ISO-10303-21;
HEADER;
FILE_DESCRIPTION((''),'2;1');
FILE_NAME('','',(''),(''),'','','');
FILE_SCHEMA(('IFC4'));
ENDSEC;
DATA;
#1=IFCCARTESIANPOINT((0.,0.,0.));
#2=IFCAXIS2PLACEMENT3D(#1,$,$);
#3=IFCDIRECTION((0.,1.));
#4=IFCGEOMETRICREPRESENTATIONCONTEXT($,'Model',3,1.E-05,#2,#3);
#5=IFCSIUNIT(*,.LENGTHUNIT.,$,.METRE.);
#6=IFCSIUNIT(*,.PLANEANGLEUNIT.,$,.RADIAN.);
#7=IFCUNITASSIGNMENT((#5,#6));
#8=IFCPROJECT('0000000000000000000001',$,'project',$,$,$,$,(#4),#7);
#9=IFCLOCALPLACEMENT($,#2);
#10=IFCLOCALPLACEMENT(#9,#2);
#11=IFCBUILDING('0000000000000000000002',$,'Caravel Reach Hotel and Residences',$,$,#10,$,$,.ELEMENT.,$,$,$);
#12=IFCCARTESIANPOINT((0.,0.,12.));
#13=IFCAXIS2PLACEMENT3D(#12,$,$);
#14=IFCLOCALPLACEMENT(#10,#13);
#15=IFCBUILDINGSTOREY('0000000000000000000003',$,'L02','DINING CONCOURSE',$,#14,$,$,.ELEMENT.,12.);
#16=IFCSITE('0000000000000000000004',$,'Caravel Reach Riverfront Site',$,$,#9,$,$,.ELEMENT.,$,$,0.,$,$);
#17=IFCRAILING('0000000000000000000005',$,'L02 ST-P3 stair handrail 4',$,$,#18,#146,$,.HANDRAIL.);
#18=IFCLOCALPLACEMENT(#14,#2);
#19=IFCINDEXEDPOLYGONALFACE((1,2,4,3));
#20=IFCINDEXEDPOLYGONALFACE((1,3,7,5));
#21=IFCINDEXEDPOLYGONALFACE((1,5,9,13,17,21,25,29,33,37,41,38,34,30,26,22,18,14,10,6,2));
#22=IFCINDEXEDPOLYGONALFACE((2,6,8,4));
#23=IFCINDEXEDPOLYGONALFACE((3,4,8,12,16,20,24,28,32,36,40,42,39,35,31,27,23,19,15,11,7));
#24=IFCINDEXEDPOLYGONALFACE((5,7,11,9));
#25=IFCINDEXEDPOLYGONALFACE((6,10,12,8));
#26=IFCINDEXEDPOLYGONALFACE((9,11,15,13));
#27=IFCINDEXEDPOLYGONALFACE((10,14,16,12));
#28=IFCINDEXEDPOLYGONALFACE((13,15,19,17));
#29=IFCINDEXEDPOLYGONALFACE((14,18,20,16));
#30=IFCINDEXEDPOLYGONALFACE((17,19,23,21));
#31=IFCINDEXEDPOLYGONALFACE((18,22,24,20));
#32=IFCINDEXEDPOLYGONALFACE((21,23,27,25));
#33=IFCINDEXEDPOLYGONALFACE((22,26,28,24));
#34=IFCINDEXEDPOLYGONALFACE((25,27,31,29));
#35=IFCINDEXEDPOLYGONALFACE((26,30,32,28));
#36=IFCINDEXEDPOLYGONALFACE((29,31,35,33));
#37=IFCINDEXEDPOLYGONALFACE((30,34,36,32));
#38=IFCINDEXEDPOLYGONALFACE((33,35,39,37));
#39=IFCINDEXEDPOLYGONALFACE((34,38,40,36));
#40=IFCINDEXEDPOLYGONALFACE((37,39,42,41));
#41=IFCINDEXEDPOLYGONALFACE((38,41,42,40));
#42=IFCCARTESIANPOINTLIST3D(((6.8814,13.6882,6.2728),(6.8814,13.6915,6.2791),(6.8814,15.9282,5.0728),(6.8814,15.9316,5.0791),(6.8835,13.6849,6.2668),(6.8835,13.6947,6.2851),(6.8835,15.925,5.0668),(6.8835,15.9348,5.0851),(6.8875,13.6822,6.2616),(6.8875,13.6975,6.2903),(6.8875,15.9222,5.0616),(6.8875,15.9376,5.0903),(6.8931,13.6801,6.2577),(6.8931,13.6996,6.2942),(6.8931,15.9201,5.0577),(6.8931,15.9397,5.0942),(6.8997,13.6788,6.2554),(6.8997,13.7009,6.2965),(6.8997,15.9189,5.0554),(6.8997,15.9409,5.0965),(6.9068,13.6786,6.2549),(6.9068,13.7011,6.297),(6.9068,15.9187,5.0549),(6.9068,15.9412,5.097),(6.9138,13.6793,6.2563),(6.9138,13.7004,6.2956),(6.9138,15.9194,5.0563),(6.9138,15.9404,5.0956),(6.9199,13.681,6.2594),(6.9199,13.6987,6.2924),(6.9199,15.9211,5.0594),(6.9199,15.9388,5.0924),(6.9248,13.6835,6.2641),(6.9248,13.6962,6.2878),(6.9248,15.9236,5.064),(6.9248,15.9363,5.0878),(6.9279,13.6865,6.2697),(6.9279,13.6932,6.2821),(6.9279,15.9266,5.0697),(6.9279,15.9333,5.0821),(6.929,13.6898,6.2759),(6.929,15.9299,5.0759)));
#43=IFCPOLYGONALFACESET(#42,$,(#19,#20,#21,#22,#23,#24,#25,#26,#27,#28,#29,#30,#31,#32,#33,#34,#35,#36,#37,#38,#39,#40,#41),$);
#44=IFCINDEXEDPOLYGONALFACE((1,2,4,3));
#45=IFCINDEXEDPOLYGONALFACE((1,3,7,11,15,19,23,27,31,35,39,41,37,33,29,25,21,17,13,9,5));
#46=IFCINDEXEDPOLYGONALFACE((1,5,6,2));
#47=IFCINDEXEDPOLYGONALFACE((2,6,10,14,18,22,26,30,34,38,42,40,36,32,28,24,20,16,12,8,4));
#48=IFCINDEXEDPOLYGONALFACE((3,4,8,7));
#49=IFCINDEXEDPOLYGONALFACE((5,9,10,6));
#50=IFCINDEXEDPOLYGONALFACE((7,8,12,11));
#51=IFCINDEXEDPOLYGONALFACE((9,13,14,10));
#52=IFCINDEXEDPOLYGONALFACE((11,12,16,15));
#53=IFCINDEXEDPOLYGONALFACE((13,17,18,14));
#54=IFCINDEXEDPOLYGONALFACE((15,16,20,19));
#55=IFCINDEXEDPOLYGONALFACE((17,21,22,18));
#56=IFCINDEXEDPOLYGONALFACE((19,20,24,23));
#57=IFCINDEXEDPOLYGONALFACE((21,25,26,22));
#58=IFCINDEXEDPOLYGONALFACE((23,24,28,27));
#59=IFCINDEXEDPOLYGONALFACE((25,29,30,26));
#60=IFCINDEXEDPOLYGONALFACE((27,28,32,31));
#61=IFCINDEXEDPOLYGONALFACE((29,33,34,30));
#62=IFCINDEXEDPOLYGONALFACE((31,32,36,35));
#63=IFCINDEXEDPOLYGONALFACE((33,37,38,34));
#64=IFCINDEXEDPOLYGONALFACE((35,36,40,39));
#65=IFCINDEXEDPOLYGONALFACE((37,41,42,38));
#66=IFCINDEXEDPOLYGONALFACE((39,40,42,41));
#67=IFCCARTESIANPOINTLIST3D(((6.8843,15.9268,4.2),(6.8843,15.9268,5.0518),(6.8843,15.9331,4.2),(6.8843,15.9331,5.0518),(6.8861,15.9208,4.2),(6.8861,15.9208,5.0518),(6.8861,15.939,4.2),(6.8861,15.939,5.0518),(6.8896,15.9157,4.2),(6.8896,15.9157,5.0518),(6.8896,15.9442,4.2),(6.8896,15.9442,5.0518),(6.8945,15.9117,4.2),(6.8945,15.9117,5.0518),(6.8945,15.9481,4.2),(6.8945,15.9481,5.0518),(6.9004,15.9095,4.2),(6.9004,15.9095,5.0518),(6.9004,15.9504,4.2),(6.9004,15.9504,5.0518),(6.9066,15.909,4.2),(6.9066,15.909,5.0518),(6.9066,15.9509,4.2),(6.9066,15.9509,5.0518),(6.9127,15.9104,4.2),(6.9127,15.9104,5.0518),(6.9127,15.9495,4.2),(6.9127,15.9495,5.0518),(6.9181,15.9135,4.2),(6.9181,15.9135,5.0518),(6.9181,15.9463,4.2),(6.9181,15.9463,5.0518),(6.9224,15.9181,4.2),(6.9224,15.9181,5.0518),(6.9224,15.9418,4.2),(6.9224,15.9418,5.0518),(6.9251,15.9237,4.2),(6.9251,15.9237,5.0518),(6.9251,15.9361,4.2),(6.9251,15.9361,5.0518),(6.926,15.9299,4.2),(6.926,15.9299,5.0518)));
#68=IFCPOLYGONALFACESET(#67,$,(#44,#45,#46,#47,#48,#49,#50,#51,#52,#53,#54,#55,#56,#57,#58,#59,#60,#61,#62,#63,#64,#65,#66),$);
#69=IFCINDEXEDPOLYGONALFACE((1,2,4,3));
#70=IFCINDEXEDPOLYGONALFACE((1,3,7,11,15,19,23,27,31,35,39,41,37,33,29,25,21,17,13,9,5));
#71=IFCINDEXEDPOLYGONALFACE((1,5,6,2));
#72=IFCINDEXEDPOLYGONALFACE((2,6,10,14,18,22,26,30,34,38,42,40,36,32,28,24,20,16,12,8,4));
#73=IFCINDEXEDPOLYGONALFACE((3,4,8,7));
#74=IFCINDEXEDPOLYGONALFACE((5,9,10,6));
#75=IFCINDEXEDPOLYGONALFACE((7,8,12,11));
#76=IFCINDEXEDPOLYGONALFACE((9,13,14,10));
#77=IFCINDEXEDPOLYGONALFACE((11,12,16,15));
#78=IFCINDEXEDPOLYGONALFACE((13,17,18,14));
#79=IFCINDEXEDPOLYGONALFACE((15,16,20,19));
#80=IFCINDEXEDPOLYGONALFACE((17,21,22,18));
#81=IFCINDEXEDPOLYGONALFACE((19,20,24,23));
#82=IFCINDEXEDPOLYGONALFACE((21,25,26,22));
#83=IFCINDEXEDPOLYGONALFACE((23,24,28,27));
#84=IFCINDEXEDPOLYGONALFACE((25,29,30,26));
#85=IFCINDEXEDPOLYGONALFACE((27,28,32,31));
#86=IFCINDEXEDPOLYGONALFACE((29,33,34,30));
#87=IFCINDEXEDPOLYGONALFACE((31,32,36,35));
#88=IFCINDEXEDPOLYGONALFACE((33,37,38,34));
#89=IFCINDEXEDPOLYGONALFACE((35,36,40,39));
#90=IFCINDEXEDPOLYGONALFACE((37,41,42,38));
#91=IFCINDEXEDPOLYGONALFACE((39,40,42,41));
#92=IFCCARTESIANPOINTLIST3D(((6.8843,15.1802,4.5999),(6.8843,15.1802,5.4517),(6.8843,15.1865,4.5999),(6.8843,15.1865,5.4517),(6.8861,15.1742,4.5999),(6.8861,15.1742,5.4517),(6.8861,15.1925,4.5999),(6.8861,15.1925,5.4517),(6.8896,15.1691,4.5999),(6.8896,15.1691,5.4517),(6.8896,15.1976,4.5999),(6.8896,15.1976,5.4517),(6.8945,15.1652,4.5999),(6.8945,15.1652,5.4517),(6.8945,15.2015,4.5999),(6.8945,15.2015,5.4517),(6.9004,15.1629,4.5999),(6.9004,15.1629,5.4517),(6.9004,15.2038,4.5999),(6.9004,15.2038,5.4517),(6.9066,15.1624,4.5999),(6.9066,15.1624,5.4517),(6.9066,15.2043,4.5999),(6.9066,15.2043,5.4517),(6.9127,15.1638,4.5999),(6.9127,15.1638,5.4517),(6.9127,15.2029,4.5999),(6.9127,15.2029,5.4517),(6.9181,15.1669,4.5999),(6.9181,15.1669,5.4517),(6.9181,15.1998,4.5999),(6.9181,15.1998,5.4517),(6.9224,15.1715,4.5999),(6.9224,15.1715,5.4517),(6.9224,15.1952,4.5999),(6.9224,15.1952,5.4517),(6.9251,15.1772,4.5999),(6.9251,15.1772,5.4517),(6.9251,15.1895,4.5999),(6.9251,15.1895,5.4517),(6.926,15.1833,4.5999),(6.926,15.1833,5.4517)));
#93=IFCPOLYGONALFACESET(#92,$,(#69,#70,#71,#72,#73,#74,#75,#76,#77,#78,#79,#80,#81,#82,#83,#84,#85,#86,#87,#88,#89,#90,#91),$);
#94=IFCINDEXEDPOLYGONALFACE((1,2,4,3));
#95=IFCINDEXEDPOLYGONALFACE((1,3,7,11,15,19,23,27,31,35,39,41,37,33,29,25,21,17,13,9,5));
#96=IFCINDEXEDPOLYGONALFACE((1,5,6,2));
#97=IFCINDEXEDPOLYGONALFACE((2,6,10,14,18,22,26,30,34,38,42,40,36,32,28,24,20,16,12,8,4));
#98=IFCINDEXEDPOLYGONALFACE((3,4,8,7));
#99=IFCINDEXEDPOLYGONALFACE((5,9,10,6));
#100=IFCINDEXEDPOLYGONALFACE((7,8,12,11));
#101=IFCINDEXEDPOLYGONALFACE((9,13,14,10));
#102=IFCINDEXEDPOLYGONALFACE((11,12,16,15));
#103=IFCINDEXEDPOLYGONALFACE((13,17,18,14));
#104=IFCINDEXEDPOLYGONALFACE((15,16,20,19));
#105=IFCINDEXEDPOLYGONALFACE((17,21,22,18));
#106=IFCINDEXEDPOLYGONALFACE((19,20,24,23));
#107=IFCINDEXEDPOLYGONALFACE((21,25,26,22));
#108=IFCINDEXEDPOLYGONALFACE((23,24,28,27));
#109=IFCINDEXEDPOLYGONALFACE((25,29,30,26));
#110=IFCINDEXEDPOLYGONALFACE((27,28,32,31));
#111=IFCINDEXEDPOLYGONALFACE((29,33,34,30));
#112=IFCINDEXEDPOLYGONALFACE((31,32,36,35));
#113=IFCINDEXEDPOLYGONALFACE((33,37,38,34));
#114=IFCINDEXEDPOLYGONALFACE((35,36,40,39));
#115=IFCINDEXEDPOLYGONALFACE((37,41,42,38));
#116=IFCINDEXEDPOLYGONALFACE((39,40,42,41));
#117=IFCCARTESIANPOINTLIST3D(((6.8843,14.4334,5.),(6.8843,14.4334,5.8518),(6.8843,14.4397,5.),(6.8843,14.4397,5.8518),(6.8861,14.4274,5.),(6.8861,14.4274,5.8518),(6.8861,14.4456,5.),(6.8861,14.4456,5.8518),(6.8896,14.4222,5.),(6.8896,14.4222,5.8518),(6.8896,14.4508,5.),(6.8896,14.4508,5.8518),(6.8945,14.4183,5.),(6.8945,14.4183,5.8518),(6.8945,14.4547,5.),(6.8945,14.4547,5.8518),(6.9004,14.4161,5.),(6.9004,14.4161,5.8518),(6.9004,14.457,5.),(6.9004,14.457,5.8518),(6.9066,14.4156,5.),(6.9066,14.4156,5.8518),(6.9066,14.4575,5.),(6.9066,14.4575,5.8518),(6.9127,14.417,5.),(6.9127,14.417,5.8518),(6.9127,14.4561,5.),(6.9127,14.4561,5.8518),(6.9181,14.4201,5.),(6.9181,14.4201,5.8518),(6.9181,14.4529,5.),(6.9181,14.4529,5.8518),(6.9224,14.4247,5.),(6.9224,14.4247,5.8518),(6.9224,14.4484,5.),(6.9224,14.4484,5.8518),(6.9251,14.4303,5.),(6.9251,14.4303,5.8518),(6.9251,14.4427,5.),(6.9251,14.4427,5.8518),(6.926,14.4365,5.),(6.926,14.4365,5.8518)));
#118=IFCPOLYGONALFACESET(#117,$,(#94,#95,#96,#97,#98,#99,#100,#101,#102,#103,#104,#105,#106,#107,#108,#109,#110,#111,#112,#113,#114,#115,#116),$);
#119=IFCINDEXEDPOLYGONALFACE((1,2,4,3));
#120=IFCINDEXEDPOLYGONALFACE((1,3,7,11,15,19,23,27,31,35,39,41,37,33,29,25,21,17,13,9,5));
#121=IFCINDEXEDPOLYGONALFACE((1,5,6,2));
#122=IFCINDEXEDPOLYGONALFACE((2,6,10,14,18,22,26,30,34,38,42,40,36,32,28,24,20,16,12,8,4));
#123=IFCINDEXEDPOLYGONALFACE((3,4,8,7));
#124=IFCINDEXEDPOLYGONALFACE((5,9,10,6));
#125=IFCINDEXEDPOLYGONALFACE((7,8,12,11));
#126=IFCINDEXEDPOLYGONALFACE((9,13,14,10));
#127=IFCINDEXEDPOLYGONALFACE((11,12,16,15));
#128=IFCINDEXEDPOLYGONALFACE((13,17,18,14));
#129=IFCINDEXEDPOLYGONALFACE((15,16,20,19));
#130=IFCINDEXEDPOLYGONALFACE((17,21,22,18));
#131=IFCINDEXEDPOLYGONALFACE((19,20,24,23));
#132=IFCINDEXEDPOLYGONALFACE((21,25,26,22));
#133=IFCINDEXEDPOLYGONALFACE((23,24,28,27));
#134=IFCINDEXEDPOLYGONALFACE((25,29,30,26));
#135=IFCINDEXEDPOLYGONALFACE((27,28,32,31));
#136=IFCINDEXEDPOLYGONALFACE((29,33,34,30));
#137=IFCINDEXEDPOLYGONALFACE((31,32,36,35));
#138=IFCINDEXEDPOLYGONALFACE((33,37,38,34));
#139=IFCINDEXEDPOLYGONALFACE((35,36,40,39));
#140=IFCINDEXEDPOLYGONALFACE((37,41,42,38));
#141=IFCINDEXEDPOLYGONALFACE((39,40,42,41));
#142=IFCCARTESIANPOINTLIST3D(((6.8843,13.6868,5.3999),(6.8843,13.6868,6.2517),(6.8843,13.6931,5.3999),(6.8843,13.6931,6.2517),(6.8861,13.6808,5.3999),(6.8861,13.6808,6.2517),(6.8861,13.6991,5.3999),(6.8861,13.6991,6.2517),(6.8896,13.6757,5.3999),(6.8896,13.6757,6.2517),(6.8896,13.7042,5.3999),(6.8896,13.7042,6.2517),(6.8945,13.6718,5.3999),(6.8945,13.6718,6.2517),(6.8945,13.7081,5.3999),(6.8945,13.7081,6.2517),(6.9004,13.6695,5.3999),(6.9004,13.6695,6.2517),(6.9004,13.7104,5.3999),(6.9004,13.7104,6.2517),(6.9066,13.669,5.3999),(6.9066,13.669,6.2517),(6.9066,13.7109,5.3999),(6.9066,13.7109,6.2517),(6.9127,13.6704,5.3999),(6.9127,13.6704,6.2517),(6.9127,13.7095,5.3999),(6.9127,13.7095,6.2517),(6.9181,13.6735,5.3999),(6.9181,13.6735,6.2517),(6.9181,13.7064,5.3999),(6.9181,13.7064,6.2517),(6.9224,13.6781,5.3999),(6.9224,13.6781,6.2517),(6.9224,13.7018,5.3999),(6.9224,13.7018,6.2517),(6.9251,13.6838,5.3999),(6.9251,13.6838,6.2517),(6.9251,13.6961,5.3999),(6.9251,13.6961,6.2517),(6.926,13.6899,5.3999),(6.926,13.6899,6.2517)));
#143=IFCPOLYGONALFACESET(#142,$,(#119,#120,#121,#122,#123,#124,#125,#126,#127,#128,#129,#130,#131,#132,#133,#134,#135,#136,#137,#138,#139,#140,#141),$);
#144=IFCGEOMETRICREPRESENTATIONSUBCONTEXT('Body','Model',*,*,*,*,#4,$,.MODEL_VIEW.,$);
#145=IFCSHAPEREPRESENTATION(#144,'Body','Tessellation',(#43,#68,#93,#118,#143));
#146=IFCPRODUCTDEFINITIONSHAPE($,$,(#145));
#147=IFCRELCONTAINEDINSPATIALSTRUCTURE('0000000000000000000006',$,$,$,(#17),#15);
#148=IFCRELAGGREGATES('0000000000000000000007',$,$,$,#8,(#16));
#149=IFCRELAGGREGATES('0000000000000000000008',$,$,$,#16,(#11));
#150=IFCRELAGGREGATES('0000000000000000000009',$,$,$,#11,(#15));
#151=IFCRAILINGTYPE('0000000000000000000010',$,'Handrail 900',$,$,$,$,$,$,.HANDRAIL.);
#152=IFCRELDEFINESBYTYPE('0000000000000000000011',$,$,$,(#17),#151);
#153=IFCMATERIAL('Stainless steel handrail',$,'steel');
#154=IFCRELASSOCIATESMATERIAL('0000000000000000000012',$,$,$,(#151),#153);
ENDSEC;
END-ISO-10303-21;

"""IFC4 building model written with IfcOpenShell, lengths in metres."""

from ifc_helpers import new_model, si_unit, direction, frame, origin, origin_2d, place, context, subcontext, project, spatial, circle, extrude, material, type_object, element, save


model = new_model("IFC4")

# Units and contexts
model_context = context("Model", 3, precision=1e-05, world=origin(), true_north=direction((0.0, 1.0)))
body_context = subcontext(model_context, "Body", "Model", "MODEL_VIEW")
ifc_project = project(units=[si_unit("LENGTHUNIT", "METRE"), si_unit("PLANEANGLEUNIT", "RADIAN")], contexts=[model_context])

# Site, building, storey
site_placement = place(None, origin())
site = spatial("IfcSite", under=ifc_project, at=site_placement, Name="Caravel Reach Riverfront Site", CompositionType="ELEMENT", RefElevation=0.0)
building_placement = place(site_placement, origin())
building = spatial("IfcBuilding", under=site, at=building_placement, Name="Caravel Reach Hotel and Residences", CompositionType="ELEMENT")
storey_placement = place(building_placement, frame((0.0, 0.0, 12.0)))
storey = spatial("IfcBuildingStorey", under=building, at=storey_placement, Name="L02", Description="DINING CONCOURSE", CompositionType="ELEMENT", Elevation=12.0)

# Railing
ifc_material_1 = material(Name="Stainless steel handrail", Category="steel")
railing_type_1 = type_object("IfcRailingType", Name="Handrail 900", PredefinedType="HANDRAIL", material=ifc_material_1)
railing_1_placement = place(storey_placement, frame((6.905, 15.9299, 4.2)))
element("IfcRailing", 1, at=railing_1_placement, inside=storey, type_object=railing_type_1, Name="L02 ST-P3 stair handrail 4", PredefinedType="HANDRAIL", context=body_context, shape_type="SweptSolid", body=[
    extrude(circle(Radius=0.0239, at=origin_2d()), frame((0.0, 0.0, 0.876), z_axis=(0.0, -0.881487, 0.472208), x_axis=(1.0, 0.0, 0.0)), (0.0, 0.0, 1.0), 2.5413),
    extrude(circle(Radius=0.021, at=origin_2d()), origin(), (0.0, 0.0, 1.0), 0.8518),
    extrude(circle(Radius=0.021, at=origin_2d()), frame((0.0, -0.7466, 0.3999)), (0.0, 0.0, 1.0), 0.8518),
    extrude(circle(Radius=0.021, at=origin_2d()), frame((0.0, -1.4934, 0.8)), (0.0, 0.0, 1.0), 0.8518),
    extrude(circle(Radius=0.021, at=origin_2d()), frame((0.0, -2.24, 1.2)), (0.0, 0.0, 1.0), 0.8518),
])

save(model, "model.ifc")
